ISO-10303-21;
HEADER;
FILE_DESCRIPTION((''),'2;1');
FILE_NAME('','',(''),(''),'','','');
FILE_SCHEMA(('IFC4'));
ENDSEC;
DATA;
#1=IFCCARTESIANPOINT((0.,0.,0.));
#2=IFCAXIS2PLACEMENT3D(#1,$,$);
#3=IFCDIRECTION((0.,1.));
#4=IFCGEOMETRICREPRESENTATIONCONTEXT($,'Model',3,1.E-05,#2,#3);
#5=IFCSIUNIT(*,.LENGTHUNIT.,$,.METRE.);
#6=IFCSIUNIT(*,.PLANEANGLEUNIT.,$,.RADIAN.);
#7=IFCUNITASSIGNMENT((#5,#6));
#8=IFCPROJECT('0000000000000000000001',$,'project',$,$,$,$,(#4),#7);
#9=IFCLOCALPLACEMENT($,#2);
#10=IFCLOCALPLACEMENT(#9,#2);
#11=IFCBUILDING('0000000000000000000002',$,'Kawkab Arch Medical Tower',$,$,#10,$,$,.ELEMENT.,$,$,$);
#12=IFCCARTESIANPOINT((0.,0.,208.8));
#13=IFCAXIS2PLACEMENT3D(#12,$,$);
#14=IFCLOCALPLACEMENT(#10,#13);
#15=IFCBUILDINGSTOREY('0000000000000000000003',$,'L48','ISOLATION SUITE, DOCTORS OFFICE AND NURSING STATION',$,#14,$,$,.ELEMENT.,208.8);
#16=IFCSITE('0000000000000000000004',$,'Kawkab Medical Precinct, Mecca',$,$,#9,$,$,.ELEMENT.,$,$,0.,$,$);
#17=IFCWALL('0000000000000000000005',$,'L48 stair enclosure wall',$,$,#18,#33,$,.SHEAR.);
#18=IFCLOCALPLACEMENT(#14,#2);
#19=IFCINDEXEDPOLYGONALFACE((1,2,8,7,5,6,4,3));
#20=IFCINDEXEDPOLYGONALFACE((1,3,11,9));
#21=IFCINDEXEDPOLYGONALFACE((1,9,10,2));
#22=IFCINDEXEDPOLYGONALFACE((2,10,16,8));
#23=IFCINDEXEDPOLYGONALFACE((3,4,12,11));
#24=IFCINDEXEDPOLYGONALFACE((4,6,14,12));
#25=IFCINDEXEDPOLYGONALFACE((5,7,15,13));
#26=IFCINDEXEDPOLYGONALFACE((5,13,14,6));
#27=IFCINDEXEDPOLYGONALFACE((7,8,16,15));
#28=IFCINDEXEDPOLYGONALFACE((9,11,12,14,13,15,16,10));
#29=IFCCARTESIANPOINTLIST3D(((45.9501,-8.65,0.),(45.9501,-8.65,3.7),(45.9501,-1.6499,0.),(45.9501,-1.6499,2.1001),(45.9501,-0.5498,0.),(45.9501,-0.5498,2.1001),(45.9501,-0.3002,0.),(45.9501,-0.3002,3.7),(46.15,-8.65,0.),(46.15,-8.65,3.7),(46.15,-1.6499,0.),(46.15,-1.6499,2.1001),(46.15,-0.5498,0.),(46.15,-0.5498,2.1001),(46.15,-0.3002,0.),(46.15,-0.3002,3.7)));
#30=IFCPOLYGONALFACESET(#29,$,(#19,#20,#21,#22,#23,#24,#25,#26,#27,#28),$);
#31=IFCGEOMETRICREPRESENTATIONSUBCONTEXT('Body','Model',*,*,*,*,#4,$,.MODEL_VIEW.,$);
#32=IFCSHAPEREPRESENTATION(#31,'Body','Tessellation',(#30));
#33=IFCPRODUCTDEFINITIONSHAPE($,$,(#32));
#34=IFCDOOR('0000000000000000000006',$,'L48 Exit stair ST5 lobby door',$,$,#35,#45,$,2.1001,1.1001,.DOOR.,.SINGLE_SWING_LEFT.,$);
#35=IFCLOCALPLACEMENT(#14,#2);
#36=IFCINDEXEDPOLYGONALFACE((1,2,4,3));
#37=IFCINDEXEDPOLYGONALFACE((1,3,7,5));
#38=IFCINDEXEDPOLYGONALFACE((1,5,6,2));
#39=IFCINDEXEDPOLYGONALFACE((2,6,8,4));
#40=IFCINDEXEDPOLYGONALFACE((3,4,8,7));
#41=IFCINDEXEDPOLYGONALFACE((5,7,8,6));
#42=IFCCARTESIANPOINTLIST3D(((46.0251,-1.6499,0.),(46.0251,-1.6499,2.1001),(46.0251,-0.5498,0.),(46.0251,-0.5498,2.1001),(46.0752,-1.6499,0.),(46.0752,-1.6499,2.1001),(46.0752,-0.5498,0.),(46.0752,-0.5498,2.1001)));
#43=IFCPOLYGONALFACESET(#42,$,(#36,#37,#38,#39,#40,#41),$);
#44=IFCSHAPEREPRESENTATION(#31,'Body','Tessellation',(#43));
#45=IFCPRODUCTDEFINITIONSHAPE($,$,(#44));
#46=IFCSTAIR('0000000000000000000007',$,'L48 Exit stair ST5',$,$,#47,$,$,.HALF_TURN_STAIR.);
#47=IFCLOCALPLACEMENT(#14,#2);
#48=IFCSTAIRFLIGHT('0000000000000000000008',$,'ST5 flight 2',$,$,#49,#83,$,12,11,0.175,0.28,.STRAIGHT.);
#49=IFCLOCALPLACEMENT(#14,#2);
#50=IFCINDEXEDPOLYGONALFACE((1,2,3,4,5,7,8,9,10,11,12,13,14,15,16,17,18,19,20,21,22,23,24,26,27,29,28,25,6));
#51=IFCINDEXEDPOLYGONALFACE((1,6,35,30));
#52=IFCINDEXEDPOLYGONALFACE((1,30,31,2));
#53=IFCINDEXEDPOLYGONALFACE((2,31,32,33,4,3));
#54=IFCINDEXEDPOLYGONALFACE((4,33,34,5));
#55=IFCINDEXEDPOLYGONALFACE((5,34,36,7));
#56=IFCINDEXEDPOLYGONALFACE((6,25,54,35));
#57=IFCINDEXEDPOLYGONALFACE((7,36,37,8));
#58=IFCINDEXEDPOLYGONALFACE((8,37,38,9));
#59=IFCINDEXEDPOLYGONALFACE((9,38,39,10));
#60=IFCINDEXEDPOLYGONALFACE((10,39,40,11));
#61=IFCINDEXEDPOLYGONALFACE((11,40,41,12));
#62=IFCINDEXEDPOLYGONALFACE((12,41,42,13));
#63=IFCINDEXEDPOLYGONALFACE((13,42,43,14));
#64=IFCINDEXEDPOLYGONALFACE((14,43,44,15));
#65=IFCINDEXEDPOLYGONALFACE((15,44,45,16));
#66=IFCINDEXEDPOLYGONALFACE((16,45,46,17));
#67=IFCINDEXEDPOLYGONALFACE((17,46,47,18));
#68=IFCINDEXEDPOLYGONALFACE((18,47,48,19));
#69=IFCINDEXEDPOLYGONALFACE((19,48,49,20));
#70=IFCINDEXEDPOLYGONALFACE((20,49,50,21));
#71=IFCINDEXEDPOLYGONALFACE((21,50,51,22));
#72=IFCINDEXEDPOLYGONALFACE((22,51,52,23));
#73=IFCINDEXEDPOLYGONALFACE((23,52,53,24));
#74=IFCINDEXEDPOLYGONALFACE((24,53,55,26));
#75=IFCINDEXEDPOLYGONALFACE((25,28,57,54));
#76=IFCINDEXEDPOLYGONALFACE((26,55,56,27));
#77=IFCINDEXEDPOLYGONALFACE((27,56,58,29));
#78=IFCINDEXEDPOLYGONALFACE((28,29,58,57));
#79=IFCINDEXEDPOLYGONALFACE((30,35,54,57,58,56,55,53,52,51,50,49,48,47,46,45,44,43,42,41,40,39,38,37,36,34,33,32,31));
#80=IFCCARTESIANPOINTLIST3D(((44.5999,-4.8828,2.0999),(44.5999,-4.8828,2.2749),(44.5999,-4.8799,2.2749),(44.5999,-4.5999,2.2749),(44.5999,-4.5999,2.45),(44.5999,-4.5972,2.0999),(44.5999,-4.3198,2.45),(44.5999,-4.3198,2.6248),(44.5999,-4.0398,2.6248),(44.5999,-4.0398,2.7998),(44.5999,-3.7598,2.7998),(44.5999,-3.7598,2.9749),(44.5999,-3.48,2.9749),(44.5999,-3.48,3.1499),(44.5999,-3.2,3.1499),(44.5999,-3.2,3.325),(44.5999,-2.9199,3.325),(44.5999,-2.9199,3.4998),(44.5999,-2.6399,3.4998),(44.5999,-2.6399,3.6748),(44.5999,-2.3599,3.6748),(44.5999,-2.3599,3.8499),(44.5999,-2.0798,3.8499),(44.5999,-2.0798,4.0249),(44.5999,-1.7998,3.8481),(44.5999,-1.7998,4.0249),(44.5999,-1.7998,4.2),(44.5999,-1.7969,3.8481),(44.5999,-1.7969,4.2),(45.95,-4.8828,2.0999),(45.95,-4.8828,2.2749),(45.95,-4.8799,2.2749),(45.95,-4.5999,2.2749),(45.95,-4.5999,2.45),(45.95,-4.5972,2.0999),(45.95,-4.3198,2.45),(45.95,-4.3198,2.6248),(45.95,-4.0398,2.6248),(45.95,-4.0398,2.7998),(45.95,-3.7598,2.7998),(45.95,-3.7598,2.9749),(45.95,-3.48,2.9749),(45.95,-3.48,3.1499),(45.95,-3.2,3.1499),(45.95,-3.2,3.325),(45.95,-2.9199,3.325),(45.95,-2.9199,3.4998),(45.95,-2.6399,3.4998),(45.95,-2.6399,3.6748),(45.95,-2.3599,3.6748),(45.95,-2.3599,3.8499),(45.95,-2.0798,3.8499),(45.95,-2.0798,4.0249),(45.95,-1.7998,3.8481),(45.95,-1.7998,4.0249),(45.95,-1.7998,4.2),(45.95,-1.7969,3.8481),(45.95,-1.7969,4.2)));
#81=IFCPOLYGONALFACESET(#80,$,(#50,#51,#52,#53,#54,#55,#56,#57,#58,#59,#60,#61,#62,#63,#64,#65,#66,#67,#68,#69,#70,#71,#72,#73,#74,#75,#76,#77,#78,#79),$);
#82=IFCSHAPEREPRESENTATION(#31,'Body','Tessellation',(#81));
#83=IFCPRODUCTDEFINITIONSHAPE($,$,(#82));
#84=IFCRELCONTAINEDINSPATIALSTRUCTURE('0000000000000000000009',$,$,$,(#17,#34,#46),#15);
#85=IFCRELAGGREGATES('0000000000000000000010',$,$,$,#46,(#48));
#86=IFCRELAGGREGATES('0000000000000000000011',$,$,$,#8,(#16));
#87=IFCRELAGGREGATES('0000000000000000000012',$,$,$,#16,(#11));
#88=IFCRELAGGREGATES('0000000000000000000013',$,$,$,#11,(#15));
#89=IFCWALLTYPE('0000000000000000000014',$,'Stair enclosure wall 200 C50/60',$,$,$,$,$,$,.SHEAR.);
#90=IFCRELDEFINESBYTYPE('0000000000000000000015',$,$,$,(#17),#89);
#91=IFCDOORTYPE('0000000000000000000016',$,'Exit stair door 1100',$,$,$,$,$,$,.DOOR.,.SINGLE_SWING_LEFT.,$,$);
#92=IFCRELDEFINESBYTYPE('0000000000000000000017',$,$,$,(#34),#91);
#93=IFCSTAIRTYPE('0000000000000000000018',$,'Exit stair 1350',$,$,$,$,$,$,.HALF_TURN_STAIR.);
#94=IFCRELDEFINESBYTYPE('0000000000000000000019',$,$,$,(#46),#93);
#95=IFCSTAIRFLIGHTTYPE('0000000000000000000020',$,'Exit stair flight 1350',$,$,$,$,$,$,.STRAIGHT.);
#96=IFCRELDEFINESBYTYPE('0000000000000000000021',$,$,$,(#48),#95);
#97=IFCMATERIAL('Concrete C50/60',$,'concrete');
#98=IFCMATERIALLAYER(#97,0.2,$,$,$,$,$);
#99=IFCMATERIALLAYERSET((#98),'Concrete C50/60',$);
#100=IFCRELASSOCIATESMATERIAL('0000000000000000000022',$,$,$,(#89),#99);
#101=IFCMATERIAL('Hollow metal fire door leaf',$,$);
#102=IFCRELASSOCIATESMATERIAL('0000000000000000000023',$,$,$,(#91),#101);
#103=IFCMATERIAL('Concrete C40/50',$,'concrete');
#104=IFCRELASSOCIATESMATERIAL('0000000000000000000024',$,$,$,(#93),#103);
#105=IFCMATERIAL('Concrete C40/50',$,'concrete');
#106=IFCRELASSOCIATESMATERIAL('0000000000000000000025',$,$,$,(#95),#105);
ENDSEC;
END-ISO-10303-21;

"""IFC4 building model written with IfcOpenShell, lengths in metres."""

from ifc_helpers import new_model, si_unit, direction, frame, frame_2d, origin, place, context, subcontext, project, spatial, polyline, rectangle, outline, extrude, material, layer, layer_set, type_object, element, fill, aggregate, save


model = new_model("IFC4")

# Units and contexts
model_context = context("Model", 3, precision=1e-05, world=origin(), true_north=direction((0.0, 1.0)))
body_context = subcontext(model_context, "Body", "Model", "MODEL_VIEW")
ifc_project = project(units=[si_unit("LENGTHUNIT", "METRE"), si_unit("PLANEANGLEUNIT", "RADIAN")], contexts=[model_context])

# Site, building, storey
site_placement = place(None, origin())
site = spatial("IfcSite", under=ifc_project, at=site_placement, Name="Kawkab Medical Precinct, Mecca", CompositionType="ELEMENT", RefElevation=0.0)
building_placement = place(site_placement, origin())
building = spatial("IfcBuilding", under=site, at=building_placement, Name="Kawkab Arch Medical Tower", CompositionType="ELEMENT")
storey_placement = place(building_placement, frame((0.0, 0.0, 208.8)))
storey = spatial("IfcBuildingStorey", under=building, at=storey_placement, Name="L48", Description="ISOLATION SUITE, DOCTORS OFFICE AND NURSING STATION", CompositionType="ELEMENT", Elevation=208.8)

# Wall, opening, door
ifc_material_1 = material(Name="Concrete C50/60", Category="concrete")
ifc_layer_1 = layer(ifc_material_1, 0.2)
ifc_layer_set_1 = layer_set([ifc_layer_1], Name="Concrete C50/60")
wall_type_1 = type_object("IfcWallType", Name="Stair enclosure wall 200 C50/60", PredefinedType="SHEAR", material=ifc_layer_set_1)
wall_1_placement = place(storey_placement, frame((46.05, -8.6499, 0.0), z_axis=(0.0, 0.0, 1.0), x_axis=(0.0, 1.0, 0.0)))
wall_1 = element("IfcWall", 1, at=wall_1_placement, inside=storey, type_object=wall_type_1, Name="L48 stair enclosure wall", PredefinedType="SHEAR", context=body_context, shape_type="SweptSolid", body=[
    extrude(rectangle(XDim=8.3499, YDim=0.2, at=frame_2d((4.1748, 0.0))), origin(), (0.0, 0.0, 1.0), 3.7),
])
opening_1_placement = place(wall_1_placement, frame((7.0, 0.0, 0.0)))
opening_1 = element("IfcOpeningElement", 2, at=opening_1_placement, cuts=wall_1, PredefinedType="OPENING", context=body_context, shape_type="SweptSolid", body=[
    extrude(rectangle(XDim=1.1001, YDim=2.1001, at=frame_2d((0.55, 1.05))), frame((0.0, 0.1099, 0.0), z_axis=(0.0, -1.0, 0.0), x_axis=(1.0, 0.0, 0.0)), (0.0, 0.0, 1.0), 0.22),
])
ifc_material_2 = material(Name="Hollow metal fire door leaf")
door_type_1 = type_object("IfcDoorType", Name="Exit stair door 1100", OperationType="SINGLE_SWING_LEFT", PredefinedType="DOOR", material=ifc_material_2)
door_1_placement = place(opening_1_placement, origin())
door_1 = element("IfcDoor", 3, at=door_1_placement, inside=storey, type_object=door_type_1, Name="L48 Exit stair ST5 lobby door", OperationType="SINGLE_SWING_LEFT", OverallHeight=2.1001, OverallWidth=1.1001, PredefinedType="DOOR", context=body_context, shape_type="SweptSolid", body=[
    extrude(rectangle(XDim=1.1001, YDim=2.1001, at=frame_2d((0.55, 1.05))), frame((0.0, 0.0249, 0.0), z_axis=(0.0, -1.0, 0.0), x_axis=(1.0, 0.0, 0.0)), (0.0, 0.0, 1.0), 0.05),
])
fill(opening_1, door_1)

# Stair, stair flight
ifc_material_3 = material(Name="Concrete C40/50", Category="concrete")
stair_type = type_object("IfcStairType", Name="Exit stair 1350", PredefinedType="HALF_TURN_STAIR", material=ifc_material_3)
stair_placement = place(storey_placement, origin())
stair = element("IfcStair", 4, at=stair_placement, inside=storey, type_object=stair_type, Name="L48 Exit stair ST5", PredefinedType="HALF_TURN_STAIR")
ifc_material_4 = material(Name="Concrete C40/50", Category="concrete")
stair_flight_type = type_object("IfcStairFlightType", Name="Exit stair flight 1350", PredefinedType="STRAIGHT", material=ifc_material_4)
stair_flight_placement = place(storey_placement, frame((45.2749, -4.8799, 2.0999), z_axis=(0.0, 0.0, 1.0), x_axis=(0.0, 1.0, 0.0)))
stair_flight = element("IfcStairFlight", 5, at=stair_flight_placement, type_object=stair_flight_type, Name="ST5 flight 2", NumberOfRisers=12, NumberOfTreads=11, PredefinedType="STRAIGHT", RiserHeight=0.175, TreadLength=0.28, context=body_context, shape_type="SweptSolid", body=[
    extrude(outline(polyline([(-0.0029, 0.0), (-0.0029, 0.175), (0.0, 0.175), (0.28, 0.175), (0.28, 0.3501), (0.5601, 0.3501), (0.5601, 0.5249), (0.8401, 0.5249), (0.8401, 0.7), (1.1201, 0.7), (1.1201, 0.875), (1.3999, 0.875), (1.3999, 1.05), (1.6799, 1.05), (1.6799, 1.2251), (1.96, 1.2251), (1.96, 1.3999), (2.24, 1.3999), (2.24, 1.575), (2.52, 1.575), (2.52, 1.75), (2.8, 1.75), (2.8, 1.925), (3.0801, 1.925), (3.0801, 2.1001), (3.083, 2.1001), (3.083, 1.7483), (3.0801, 1.7483), (0.2827, 0.0), (-0.0029, 0.0)])), frame((0.0, 0.675, 0.0), z_axis=(0.0, -1.0, 0.0), x_axis=(1.0, 0.0, 0.0)), (0.0, 0.0, 1.0), 1.3501),
])
aggregate(stair, [stair_flight])

save(model, "model.ifc")
